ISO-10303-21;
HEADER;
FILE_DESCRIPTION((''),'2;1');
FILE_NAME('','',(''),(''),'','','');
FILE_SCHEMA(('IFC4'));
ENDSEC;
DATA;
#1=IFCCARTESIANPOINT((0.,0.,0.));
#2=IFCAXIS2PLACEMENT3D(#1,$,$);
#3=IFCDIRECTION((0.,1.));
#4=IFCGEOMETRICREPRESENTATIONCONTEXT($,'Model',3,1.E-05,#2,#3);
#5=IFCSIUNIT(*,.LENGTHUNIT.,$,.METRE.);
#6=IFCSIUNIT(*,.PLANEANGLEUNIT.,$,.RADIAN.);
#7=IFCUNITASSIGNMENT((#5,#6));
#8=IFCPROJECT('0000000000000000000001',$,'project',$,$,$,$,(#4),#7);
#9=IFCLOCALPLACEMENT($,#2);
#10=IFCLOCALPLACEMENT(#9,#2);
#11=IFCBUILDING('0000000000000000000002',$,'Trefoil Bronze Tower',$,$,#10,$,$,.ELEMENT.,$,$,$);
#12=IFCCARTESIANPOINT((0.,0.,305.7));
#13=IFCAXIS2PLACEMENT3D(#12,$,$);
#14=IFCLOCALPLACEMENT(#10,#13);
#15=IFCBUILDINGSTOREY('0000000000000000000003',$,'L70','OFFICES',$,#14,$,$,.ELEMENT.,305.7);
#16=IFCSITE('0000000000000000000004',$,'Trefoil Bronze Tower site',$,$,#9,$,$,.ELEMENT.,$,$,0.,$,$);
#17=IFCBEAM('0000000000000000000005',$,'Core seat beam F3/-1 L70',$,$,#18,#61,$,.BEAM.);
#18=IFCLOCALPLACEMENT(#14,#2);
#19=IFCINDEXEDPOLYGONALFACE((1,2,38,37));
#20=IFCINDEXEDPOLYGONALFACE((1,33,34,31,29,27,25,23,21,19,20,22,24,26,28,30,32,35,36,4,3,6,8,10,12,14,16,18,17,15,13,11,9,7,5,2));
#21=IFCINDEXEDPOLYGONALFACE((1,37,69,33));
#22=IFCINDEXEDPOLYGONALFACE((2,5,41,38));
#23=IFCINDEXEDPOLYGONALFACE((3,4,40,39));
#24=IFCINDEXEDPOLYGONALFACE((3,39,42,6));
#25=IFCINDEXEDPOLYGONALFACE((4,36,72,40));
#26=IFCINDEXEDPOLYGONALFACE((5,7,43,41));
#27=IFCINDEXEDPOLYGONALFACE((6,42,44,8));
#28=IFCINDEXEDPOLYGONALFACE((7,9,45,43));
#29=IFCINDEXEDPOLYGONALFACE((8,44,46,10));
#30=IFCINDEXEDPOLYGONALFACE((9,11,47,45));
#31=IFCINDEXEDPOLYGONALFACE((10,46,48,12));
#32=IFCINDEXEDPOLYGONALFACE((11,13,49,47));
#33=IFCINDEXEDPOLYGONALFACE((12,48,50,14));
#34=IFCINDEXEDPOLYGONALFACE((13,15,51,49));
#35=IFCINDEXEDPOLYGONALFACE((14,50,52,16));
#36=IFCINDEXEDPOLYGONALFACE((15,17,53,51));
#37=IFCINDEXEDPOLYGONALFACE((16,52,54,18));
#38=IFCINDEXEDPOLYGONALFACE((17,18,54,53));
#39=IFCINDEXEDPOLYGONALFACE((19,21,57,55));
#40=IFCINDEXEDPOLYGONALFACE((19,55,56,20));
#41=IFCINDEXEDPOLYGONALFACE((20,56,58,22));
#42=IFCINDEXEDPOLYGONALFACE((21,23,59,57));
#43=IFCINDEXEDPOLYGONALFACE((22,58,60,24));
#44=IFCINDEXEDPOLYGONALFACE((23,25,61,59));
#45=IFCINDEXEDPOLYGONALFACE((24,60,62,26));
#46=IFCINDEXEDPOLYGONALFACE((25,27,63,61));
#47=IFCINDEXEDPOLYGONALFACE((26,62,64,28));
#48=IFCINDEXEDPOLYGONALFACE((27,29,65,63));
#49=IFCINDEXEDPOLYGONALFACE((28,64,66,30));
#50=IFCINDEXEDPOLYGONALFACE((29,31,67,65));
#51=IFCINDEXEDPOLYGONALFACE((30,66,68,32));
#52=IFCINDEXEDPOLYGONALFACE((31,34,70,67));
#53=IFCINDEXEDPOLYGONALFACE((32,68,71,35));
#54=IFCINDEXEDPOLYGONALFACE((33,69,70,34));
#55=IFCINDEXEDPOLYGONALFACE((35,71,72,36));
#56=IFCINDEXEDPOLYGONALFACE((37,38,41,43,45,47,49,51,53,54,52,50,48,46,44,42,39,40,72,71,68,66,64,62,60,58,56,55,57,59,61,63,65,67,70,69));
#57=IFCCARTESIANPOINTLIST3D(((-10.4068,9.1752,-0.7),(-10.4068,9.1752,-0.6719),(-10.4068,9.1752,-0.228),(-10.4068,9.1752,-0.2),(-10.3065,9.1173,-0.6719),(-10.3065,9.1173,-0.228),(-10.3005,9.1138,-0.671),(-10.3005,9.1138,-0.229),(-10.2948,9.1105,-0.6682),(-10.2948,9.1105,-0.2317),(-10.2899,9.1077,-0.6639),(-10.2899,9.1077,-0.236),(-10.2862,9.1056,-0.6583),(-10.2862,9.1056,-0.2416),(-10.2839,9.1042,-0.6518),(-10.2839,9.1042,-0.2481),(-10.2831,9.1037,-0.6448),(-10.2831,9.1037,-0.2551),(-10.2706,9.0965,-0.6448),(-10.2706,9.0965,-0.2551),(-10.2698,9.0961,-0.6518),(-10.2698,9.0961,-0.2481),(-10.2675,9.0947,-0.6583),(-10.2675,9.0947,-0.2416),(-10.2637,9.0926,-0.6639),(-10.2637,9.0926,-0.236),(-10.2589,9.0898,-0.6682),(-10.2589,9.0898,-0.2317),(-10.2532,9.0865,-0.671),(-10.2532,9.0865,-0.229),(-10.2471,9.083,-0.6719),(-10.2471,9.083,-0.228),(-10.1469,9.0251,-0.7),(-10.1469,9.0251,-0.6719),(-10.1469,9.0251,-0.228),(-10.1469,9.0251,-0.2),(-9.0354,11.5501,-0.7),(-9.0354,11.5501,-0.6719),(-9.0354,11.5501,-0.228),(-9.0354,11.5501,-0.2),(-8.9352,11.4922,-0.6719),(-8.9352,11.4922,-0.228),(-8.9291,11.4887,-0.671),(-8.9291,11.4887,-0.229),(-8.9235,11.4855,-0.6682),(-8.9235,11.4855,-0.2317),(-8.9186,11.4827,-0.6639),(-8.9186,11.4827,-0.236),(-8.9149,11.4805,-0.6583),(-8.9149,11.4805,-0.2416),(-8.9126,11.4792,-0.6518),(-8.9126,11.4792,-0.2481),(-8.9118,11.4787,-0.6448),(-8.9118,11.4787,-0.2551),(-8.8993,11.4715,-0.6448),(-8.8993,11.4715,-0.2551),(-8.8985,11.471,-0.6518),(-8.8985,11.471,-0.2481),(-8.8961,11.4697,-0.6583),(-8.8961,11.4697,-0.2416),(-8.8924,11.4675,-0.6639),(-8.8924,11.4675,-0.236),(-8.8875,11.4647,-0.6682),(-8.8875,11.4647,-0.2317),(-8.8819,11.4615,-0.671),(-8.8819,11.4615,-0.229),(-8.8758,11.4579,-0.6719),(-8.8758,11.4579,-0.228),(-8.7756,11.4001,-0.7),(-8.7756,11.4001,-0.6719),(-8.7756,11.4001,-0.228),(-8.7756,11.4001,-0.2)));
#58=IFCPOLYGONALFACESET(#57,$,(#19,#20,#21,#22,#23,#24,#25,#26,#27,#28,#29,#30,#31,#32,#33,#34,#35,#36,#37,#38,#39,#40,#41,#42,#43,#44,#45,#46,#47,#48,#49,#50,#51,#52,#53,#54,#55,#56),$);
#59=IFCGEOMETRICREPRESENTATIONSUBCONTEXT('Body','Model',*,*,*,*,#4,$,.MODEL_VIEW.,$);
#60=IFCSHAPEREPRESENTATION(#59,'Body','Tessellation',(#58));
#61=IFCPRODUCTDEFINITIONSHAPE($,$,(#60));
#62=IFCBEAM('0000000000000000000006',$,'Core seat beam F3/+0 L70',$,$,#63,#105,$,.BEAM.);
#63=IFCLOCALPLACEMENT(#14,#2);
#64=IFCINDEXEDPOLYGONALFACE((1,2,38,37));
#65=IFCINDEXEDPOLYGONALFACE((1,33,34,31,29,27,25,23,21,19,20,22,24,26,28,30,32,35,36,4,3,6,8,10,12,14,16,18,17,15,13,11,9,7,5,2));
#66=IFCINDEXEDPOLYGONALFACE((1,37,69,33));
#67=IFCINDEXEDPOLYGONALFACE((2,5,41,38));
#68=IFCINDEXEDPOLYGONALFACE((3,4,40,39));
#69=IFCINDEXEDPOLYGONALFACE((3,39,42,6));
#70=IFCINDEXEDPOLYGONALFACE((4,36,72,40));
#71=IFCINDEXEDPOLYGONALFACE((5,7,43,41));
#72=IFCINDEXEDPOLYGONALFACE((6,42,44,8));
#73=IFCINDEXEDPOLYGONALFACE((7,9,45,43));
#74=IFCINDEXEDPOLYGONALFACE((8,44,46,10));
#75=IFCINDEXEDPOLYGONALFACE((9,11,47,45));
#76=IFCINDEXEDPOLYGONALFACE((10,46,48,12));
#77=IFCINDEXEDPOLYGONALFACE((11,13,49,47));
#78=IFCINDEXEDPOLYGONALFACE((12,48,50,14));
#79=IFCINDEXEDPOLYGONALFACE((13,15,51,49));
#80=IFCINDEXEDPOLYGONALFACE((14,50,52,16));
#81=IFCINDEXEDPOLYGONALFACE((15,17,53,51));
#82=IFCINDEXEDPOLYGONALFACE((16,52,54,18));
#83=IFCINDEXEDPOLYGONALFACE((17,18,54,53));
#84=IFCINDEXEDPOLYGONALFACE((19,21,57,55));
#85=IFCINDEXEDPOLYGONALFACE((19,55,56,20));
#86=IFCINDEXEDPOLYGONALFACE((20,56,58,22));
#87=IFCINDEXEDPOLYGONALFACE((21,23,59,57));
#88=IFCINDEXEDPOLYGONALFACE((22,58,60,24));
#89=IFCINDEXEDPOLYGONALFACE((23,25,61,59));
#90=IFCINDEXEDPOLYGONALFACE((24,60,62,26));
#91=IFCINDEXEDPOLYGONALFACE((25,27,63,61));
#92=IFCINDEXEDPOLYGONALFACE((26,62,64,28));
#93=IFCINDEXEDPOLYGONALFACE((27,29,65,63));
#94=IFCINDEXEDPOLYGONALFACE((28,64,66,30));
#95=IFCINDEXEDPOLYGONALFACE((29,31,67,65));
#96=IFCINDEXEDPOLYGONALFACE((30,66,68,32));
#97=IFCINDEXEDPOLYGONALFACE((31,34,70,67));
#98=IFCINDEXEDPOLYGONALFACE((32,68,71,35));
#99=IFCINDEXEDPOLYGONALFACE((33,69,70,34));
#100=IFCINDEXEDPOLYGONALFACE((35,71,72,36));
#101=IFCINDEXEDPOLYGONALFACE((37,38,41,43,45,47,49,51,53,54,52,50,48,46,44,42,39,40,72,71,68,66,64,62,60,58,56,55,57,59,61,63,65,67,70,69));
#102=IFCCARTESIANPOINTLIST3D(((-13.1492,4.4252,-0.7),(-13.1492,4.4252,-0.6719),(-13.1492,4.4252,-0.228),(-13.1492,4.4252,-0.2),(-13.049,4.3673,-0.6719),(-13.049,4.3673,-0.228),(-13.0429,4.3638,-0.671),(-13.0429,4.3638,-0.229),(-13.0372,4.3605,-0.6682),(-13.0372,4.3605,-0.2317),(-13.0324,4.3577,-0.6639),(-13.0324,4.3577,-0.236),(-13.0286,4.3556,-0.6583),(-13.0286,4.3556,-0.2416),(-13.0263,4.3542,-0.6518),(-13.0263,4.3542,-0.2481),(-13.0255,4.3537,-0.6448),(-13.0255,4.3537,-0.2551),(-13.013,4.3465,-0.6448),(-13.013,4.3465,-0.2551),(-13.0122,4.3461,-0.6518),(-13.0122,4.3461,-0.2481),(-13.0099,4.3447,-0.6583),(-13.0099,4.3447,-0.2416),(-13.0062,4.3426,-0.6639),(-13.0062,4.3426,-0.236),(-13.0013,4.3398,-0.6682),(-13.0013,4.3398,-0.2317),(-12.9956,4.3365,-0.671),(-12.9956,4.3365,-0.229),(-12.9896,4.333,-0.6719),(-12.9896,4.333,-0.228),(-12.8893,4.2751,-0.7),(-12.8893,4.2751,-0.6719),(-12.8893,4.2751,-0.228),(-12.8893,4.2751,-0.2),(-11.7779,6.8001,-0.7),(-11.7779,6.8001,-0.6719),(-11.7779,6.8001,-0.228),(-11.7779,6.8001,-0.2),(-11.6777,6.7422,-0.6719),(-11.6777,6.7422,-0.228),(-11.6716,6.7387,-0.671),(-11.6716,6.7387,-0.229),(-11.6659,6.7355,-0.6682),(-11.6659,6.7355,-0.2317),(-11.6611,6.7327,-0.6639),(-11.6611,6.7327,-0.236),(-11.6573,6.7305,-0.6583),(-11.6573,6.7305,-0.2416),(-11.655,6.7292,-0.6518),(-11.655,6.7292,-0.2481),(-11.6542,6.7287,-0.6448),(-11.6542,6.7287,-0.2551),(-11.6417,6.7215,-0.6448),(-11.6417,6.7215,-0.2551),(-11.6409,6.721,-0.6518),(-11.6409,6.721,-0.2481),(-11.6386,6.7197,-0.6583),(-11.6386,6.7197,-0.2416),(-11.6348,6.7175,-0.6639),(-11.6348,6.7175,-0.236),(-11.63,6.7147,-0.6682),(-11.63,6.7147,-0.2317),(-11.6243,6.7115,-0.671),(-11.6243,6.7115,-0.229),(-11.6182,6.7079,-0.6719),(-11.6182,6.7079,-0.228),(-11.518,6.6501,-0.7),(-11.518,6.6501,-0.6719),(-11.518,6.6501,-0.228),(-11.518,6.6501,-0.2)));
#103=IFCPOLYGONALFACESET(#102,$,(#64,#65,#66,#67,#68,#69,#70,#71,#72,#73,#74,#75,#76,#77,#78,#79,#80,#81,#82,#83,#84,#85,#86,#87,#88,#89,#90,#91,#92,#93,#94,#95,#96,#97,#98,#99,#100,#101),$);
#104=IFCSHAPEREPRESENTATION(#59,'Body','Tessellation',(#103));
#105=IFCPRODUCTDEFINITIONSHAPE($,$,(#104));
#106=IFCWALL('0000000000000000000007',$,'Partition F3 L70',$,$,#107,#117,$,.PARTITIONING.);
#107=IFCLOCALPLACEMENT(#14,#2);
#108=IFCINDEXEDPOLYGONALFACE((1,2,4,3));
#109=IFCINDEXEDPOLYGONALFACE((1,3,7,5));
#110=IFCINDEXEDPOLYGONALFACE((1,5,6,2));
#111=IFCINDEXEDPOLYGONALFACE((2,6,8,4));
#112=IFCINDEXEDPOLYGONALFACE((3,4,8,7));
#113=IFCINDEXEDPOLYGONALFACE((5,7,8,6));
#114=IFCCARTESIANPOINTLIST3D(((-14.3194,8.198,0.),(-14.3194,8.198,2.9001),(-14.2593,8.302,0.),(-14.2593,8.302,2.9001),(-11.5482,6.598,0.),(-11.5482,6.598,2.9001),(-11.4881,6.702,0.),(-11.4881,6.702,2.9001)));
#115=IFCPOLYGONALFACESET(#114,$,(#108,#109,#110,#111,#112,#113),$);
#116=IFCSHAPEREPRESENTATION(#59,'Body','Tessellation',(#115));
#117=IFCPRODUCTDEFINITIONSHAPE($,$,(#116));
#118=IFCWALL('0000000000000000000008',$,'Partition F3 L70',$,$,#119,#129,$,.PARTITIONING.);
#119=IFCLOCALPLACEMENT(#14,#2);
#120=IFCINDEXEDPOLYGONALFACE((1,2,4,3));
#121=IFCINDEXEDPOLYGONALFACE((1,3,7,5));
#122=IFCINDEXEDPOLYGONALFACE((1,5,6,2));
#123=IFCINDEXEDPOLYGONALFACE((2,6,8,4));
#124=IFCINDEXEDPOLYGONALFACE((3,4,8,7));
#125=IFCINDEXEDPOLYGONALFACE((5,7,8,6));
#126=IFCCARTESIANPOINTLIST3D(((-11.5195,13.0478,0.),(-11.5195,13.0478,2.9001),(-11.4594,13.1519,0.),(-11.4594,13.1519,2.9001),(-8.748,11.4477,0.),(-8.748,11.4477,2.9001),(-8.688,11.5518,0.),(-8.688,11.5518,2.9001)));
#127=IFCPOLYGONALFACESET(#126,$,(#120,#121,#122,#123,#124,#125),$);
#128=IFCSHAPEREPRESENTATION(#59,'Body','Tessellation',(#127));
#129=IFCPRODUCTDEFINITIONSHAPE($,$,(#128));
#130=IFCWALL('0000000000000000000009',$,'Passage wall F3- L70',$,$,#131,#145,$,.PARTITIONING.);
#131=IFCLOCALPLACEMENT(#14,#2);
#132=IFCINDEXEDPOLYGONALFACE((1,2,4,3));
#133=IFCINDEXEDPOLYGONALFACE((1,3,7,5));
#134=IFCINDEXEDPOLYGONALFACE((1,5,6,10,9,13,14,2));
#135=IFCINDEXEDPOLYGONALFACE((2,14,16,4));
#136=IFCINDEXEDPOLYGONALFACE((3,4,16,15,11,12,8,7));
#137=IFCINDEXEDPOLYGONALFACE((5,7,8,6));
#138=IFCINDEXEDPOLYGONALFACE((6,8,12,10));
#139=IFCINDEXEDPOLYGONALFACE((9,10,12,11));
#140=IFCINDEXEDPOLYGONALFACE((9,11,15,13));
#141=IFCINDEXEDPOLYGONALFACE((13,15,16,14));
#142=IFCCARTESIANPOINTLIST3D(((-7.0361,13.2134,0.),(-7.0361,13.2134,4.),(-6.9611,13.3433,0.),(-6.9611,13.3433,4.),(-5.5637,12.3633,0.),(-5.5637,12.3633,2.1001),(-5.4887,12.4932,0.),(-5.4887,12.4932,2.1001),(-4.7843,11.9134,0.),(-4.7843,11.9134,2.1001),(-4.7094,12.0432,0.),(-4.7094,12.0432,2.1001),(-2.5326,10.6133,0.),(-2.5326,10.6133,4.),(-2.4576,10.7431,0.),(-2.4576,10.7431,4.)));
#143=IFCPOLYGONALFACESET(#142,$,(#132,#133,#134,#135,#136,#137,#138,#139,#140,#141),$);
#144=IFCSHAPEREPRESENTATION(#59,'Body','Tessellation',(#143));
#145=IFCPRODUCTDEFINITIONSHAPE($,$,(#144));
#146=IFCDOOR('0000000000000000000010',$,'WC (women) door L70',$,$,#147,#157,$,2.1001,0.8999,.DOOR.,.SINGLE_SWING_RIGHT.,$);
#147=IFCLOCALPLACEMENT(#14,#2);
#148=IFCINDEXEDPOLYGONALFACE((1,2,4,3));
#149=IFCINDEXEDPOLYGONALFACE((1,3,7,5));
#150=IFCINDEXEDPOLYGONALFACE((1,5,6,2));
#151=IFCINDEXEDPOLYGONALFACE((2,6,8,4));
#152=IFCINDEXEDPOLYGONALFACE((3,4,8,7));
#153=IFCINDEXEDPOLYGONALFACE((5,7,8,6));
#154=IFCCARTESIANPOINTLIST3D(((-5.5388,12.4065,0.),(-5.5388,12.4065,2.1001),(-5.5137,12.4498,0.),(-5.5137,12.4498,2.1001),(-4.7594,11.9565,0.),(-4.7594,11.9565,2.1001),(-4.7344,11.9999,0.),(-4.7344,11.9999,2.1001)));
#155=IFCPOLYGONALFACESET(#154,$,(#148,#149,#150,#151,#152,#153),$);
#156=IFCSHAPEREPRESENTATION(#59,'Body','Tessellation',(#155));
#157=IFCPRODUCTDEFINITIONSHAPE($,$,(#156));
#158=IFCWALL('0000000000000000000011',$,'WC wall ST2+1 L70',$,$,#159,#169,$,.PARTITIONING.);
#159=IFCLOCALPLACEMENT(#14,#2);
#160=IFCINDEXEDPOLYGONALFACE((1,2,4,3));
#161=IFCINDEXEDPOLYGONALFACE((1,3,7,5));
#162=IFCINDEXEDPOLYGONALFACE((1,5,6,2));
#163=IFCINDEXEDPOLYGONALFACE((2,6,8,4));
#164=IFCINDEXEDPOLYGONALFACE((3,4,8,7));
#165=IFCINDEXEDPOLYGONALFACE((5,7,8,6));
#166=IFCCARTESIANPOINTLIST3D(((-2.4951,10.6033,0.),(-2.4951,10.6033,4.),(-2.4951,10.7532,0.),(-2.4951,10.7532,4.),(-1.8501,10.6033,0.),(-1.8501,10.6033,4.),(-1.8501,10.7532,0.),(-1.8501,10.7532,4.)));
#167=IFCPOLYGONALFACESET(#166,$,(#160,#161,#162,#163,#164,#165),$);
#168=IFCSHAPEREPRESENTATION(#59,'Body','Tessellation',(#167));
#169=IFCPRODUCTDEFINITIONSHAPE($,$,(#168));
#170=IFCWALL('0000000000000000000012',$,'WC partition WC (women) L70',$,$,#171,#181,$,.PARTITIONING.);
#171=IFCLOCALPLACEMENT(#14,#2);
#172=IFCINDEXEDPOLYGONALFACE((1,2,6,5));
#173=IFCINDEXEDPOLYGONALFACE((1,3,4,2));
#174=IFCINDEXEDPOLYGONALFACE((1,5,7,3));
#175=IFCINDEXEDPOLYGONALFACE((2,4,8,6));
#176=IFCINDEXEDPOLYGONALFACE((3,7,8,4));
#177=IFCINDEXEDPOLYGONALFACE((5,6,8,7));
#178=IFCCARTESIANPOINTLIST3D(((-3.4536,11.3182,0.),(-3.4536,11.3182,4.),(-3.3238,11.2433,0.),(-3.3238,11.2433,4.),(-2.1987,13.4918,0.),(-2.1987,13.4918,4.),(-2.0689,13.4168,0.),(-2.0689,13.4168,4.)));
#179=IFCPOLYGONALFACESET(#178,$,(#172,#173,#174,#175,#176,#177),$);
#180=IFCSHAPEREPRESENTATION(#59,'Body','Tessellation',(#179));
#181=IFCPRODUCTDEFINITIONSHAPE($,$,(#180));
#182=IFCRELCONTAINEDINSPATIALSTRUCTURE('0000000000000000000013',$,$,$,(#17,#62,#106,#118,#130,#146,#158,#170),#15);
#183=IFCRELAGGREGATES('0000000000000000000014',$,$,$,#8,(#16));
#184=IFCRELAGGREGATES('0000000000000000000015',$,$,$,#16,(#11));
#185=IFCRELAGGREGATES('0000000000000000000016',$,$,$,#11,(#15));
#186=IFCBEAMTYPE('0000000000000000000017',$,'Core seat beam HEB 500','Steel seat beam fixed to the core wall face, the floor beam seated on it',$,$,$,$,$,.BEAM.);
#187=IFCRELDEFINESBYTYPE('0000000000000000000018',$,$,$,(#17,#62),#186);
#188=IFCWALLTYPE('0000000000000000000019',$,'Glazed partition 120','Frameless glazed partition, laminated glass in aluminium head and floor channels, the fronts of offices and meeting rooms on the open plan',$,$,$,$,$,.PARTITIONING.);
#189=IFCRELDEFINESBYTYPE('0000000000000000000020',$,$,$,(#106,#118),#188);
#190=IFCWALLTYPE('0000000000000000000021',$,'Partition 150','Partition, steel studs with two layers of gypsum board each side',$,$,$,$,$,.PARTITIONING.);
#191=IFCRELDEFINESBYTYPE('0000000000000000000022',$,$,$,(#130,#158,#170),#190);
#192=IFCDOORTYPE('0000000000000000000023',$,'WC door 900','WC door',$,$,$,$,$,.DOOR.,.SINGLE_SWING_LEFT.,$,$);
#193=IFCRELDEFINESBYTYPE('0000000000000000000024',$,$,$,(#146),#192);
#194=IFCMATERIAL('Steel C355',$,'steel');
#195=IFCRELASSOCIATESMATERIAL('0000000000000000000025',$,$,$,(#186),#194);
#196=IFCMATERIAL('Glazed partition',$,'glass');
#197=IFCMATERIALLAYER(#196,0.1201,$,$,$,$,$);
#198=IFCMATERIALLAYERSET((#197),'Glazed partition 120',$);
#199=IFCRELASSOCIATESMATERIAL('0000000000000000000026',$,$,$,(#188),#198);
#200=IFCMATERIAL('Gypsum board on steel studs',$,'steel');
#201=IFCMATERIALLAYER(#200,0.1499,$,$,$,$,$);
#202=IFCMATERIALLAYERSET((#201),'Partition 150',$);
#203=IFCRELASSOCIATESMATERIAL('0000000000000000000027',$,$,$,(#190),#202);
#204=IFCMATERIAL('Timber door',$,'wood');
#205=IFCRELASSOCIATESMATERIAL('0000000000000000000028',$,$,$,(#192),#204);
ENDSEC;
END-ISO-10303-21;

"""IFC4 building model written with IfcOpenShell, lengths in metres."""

from ifc_helpers import new_model, si_unit, direction, frame, frame_2d, origin, origin_2d, place, context, subcontext, project, spatial, rectangle, i_section, extrude, material, layer, layer_set, material_profile, profile_set, type_object, element, fill, save


model = new_model("IFC4")

# Units and contexts
model_context = context("Model", 3, precision=1e-05, world=origin(), true_north=direction((0.0, 1.0)))
body_context = subcontext(model_context, "Body", "Model", "MODEL_VIEW")
ifc_project = project(units=[si_unit("LENGTHUNIT", "METRE"), si_unit("PLANEANGLEUNIT", "RADIAN")], contexts=[model_context])

# Site, building, storey
site_placement = place(None, origin())
site = spatial("IfcSite", under=ifc_project, at=site_placement, Name="Trefoil Bronze Tower site", CompositionType="ELEMENT", RefElevation=0.0)
building_placement = place(site_placement, origin())
building = spatial("IfcBuilding", under=site, at=building_placement, Name="Trefoil Bronze Tower", CompositionType="ELEMENT")
storey_placement = place(building_placement, frame((0.0, 0.0, 305.7)))
storey = spatial("IfcBuildingStorey", under=building, at=storey_placement, Name="L70", Description="OFFICES", CompositionType="ELEMENT", Elevation=305.7)

# Beams
ifc_material_1 = material(Name="Steel C355", Category="steel")
ifc_material_profile = material_profile(ifc_material_1, i_section(OverallWidth=0.3, OverallDepth=0.5, WebThickness=0.0144, FlangeThickness=0.0281, FilletRadius=0.0271, at=origin_2d()), Name="HEB 500")
ifc_profile_set = profile_set([ifc_material_profile], Name="Steel C355")
beam_type = type_object("IfcBeamType", Name="Core seat beam HEB 500", Description="Steel seat beam fixed to the core wall face, the floor beam seated on it", PredefinedType="BEAM", material=ifc_profile_set)
for number, where, z_axis, x_axis, name in (
    (1, (-8.9055, 11.4751, -0.45), (-0.500036, -0.866005, 0.0), (0.866005, -0.500036, 0.0), "Core seat beam F3/-1 L70"),
    (2, (-11.6479, 6.7251, -0.45), (-0.500036, -0.866005, 0.0), (0.866005, -0.500036, 0.0), "Core seat beam F3/+0 L70"),
):
    element("IfcBeam", number, at=place(storey_placement, frame(where, z_axis=z_axis, x_axis=x_axis)), inside=storey, type_object=beam_type, Name=name, PredefinedType="BEAM", context=body_context, shape_type="SweptSolid", body=[
        extrude(i_section(OverallWidth=0.3, OverallDepth=0.5, WebThickness=0.0144, FlangeThickness=0.0281, FilletRadius=0.0271, at=origin_2d()), origin(), (0.0, 0.0, 1.0), 2.7424),
    ])

# Walls
ifc_material_2 = material(Name="Glazed partition", Category="glass")
ifc_layer_1 = layer(ifc_material_2, 0.1201)
ifc_layer_set_1 = layer_set([ifc_layer_1], Name="Glazed partition 120")
wall_type_1 = type_object("IfcWallType", Name="Glazed partition 120", Description="Frameless glazed partition, laminated glass in aluminium head and floor channels, the fronts of offices and meeting rooms on the open plan", PredefinedType="PARTITIONING", material=ifc_layer_set_1)
wall_1_placement = place(storey_placement, frame((-11.5181, 6.6499, 0.0), z_axis=(0.0, 0.0, 1.0), x_axis=(-0.866009, 0.500028, 0.0)))
element("IfcWall", 3, at=wall_1_placement, inside=storey, type_object=wall_type_1, Name="Partition F3 L70", PredefinedType="PARTITIONING", context=body_context, shape_type="SweptSolid", body=[
    extrude(rectangle(XDim=3.2, YDim=0.1201, at=frame_2d((1.6001, 0.0))), origin(), (0.0, 0.0, 1.0), 2.9001),
])
wall_2_placement = place(storey_placement, frame((-8.718, 11.4998, 0.0), z_axis=(0.0, 0.0, 1.0), x_axis=(-0.866028, 0.499995, 0.0)))
element("IfcWall", 4, at=wall_2_placement, inside=storey, type_object=wall_type_1, Name="Partition F3 L70", PredefinedType="PARTITIONING", context=body_context, shape_type="SweptSolid", body=[
    extrude(rectangle(XDim=3.2002, YDim=0.1201, at=frame_2d((1.6001, 0.0))), origin(), (0.0, 0.0, 1.0), 2.9001),
])

# Wall, opening, door
ifc_material_3 = material(Name="Gypsum board on steel studs", Category="steel")
ifc_layer_2 = layer(ifc_material_3, 0.1499)
ifc_layer_set_2 = layer_set([ifc_layer_2], Name="Partition 150")
wall_type_2 = type_object("IfcWallType", Name="Partition 150", Description="Partition, steel studs with two layers of gypsum board each side", PredefinedType="PARTITIONING", material=ifc_layer_set_2)
wall_3_placement = place(storey_placement, frame((-2.4951, 10.6782, 0.0), z_axis=(0.0, 0.0, 1.0), x_axis=(-0.866021, 0.500007, 0.0)))
wall_3 = element("IfcWall", 5, at=wall_3_placement, inside=storey, type_object=wall_type_2, Name="Passage wall F3- L70", PredefinedType="PARTITIONING", context=body_context, shape_type="SweptSolid", body=[
    extrude(rectangle(XDim=5.2002, YDim=0.1499, at=frame_2d((2.6001, 0.0))), origin(), (0.0, 0.0, 1.0), 4.0),
])
opening_1_placement = place(wall_3_placement, frame((2.6001, 0.0, 0.0)))
opening_1 = element("IfcOpeningElement", 6, at=opening_1_placement, cuts=wall_3, PredefinedType="OPENING", context=body_context, shape_type="SweptSolid", body=[
    extrude(rectangle(XDim=0.8999, YDim=2.1001, at=frame_2d((0.45, 1.05))), frame((0.0, 0.085, 0.0), z_axis=(0.0, -1.0, 0.0), x_axis=(1.0, 0.0, 0.0)), (0.0, 0.0, 1.0), 0.1699),
])
ifc_material_4 = material(Name="Timber door", Category="wood")
door_type_1 = type_object("IfcDoorType", Name="WC door 900", Description="WC door", OperationType="SINGLE_SWING_LEFT", PredefinedType="DOOR", material=ifc_material_4)
door_1_placement = place(opening_1_placement, frame((0.8999, 0.0, 0.0), z_axis=(0.0, 0.0, 1.0), x_axis=(-1.0, 0.0, 0.0)))
door_1 = element("IfcDoor", 7, at=door_1_placement, inside=storey, type_object=door_type_1, Name="WC (women) door L70", OperationType="SINGLE_SWING_RIGHT", OverallHeight=2.1001, OverallWidth=0.8999, PredefinedType="DOOR", context=body_context, shape_type="SweptSolid", body=[
    extrude(rectangle(XDim=0.8999, YDim=2.1001, at=frame_2d((0.45, 1.05))), frame((0.0, 0.0249, 0.0), z_axis=(0.0, -1.0, 0.0), x_axis=(1.0, 0.0, 0.0)), (0.0, 0.0, 1.0), 0.05),
])
fill(opening_1, door_1)

# Walls
wall_4_placement = place(storey_placement, frame((-2.4951, 10.6782, 0.0), z_axis=(0.0, 0.0, 1.0), x_axis=(1.0, 0.0, 0.0)))
element("IfcWall", 8, at=wall_4_placement, inside=storey, type_object=wall_type_2, Name="WC wall ST2+1 L70", PredefinedType="PARTITIONING", context=body_context, shape_type="SweptSolid", body=[
    extrude(rectangle(XDim=0.645, YDim=0.1499, at=frame_2d((0.3225, 0.0))), origin(), (0.0, 0.0, 1.0), 4.0),
])
wall_5_placement = place(storey_placement, frame((-3.3887, 11.2808, 0.0), z_axis=(0.0, 0.0, 1.0), x_axis=(0.499989, 0.866032, 0.0)))
element("IfcWall", 9, at=wall_5_placement, inside=storey, type_object=wall_type_2, Name="WC partition WC (women) L70", PredefinedType="PARTITIONING", context=body_context, shape_type="SweptSolid", body=[
    extrude(rectangle(XDim=2.5098, YDim=0.1499, at=frame_2d((1.2549, 0.0))), origin(), (0.0, 0.0, 1.0), 4.0),
])

save(model, "model.ifc")
